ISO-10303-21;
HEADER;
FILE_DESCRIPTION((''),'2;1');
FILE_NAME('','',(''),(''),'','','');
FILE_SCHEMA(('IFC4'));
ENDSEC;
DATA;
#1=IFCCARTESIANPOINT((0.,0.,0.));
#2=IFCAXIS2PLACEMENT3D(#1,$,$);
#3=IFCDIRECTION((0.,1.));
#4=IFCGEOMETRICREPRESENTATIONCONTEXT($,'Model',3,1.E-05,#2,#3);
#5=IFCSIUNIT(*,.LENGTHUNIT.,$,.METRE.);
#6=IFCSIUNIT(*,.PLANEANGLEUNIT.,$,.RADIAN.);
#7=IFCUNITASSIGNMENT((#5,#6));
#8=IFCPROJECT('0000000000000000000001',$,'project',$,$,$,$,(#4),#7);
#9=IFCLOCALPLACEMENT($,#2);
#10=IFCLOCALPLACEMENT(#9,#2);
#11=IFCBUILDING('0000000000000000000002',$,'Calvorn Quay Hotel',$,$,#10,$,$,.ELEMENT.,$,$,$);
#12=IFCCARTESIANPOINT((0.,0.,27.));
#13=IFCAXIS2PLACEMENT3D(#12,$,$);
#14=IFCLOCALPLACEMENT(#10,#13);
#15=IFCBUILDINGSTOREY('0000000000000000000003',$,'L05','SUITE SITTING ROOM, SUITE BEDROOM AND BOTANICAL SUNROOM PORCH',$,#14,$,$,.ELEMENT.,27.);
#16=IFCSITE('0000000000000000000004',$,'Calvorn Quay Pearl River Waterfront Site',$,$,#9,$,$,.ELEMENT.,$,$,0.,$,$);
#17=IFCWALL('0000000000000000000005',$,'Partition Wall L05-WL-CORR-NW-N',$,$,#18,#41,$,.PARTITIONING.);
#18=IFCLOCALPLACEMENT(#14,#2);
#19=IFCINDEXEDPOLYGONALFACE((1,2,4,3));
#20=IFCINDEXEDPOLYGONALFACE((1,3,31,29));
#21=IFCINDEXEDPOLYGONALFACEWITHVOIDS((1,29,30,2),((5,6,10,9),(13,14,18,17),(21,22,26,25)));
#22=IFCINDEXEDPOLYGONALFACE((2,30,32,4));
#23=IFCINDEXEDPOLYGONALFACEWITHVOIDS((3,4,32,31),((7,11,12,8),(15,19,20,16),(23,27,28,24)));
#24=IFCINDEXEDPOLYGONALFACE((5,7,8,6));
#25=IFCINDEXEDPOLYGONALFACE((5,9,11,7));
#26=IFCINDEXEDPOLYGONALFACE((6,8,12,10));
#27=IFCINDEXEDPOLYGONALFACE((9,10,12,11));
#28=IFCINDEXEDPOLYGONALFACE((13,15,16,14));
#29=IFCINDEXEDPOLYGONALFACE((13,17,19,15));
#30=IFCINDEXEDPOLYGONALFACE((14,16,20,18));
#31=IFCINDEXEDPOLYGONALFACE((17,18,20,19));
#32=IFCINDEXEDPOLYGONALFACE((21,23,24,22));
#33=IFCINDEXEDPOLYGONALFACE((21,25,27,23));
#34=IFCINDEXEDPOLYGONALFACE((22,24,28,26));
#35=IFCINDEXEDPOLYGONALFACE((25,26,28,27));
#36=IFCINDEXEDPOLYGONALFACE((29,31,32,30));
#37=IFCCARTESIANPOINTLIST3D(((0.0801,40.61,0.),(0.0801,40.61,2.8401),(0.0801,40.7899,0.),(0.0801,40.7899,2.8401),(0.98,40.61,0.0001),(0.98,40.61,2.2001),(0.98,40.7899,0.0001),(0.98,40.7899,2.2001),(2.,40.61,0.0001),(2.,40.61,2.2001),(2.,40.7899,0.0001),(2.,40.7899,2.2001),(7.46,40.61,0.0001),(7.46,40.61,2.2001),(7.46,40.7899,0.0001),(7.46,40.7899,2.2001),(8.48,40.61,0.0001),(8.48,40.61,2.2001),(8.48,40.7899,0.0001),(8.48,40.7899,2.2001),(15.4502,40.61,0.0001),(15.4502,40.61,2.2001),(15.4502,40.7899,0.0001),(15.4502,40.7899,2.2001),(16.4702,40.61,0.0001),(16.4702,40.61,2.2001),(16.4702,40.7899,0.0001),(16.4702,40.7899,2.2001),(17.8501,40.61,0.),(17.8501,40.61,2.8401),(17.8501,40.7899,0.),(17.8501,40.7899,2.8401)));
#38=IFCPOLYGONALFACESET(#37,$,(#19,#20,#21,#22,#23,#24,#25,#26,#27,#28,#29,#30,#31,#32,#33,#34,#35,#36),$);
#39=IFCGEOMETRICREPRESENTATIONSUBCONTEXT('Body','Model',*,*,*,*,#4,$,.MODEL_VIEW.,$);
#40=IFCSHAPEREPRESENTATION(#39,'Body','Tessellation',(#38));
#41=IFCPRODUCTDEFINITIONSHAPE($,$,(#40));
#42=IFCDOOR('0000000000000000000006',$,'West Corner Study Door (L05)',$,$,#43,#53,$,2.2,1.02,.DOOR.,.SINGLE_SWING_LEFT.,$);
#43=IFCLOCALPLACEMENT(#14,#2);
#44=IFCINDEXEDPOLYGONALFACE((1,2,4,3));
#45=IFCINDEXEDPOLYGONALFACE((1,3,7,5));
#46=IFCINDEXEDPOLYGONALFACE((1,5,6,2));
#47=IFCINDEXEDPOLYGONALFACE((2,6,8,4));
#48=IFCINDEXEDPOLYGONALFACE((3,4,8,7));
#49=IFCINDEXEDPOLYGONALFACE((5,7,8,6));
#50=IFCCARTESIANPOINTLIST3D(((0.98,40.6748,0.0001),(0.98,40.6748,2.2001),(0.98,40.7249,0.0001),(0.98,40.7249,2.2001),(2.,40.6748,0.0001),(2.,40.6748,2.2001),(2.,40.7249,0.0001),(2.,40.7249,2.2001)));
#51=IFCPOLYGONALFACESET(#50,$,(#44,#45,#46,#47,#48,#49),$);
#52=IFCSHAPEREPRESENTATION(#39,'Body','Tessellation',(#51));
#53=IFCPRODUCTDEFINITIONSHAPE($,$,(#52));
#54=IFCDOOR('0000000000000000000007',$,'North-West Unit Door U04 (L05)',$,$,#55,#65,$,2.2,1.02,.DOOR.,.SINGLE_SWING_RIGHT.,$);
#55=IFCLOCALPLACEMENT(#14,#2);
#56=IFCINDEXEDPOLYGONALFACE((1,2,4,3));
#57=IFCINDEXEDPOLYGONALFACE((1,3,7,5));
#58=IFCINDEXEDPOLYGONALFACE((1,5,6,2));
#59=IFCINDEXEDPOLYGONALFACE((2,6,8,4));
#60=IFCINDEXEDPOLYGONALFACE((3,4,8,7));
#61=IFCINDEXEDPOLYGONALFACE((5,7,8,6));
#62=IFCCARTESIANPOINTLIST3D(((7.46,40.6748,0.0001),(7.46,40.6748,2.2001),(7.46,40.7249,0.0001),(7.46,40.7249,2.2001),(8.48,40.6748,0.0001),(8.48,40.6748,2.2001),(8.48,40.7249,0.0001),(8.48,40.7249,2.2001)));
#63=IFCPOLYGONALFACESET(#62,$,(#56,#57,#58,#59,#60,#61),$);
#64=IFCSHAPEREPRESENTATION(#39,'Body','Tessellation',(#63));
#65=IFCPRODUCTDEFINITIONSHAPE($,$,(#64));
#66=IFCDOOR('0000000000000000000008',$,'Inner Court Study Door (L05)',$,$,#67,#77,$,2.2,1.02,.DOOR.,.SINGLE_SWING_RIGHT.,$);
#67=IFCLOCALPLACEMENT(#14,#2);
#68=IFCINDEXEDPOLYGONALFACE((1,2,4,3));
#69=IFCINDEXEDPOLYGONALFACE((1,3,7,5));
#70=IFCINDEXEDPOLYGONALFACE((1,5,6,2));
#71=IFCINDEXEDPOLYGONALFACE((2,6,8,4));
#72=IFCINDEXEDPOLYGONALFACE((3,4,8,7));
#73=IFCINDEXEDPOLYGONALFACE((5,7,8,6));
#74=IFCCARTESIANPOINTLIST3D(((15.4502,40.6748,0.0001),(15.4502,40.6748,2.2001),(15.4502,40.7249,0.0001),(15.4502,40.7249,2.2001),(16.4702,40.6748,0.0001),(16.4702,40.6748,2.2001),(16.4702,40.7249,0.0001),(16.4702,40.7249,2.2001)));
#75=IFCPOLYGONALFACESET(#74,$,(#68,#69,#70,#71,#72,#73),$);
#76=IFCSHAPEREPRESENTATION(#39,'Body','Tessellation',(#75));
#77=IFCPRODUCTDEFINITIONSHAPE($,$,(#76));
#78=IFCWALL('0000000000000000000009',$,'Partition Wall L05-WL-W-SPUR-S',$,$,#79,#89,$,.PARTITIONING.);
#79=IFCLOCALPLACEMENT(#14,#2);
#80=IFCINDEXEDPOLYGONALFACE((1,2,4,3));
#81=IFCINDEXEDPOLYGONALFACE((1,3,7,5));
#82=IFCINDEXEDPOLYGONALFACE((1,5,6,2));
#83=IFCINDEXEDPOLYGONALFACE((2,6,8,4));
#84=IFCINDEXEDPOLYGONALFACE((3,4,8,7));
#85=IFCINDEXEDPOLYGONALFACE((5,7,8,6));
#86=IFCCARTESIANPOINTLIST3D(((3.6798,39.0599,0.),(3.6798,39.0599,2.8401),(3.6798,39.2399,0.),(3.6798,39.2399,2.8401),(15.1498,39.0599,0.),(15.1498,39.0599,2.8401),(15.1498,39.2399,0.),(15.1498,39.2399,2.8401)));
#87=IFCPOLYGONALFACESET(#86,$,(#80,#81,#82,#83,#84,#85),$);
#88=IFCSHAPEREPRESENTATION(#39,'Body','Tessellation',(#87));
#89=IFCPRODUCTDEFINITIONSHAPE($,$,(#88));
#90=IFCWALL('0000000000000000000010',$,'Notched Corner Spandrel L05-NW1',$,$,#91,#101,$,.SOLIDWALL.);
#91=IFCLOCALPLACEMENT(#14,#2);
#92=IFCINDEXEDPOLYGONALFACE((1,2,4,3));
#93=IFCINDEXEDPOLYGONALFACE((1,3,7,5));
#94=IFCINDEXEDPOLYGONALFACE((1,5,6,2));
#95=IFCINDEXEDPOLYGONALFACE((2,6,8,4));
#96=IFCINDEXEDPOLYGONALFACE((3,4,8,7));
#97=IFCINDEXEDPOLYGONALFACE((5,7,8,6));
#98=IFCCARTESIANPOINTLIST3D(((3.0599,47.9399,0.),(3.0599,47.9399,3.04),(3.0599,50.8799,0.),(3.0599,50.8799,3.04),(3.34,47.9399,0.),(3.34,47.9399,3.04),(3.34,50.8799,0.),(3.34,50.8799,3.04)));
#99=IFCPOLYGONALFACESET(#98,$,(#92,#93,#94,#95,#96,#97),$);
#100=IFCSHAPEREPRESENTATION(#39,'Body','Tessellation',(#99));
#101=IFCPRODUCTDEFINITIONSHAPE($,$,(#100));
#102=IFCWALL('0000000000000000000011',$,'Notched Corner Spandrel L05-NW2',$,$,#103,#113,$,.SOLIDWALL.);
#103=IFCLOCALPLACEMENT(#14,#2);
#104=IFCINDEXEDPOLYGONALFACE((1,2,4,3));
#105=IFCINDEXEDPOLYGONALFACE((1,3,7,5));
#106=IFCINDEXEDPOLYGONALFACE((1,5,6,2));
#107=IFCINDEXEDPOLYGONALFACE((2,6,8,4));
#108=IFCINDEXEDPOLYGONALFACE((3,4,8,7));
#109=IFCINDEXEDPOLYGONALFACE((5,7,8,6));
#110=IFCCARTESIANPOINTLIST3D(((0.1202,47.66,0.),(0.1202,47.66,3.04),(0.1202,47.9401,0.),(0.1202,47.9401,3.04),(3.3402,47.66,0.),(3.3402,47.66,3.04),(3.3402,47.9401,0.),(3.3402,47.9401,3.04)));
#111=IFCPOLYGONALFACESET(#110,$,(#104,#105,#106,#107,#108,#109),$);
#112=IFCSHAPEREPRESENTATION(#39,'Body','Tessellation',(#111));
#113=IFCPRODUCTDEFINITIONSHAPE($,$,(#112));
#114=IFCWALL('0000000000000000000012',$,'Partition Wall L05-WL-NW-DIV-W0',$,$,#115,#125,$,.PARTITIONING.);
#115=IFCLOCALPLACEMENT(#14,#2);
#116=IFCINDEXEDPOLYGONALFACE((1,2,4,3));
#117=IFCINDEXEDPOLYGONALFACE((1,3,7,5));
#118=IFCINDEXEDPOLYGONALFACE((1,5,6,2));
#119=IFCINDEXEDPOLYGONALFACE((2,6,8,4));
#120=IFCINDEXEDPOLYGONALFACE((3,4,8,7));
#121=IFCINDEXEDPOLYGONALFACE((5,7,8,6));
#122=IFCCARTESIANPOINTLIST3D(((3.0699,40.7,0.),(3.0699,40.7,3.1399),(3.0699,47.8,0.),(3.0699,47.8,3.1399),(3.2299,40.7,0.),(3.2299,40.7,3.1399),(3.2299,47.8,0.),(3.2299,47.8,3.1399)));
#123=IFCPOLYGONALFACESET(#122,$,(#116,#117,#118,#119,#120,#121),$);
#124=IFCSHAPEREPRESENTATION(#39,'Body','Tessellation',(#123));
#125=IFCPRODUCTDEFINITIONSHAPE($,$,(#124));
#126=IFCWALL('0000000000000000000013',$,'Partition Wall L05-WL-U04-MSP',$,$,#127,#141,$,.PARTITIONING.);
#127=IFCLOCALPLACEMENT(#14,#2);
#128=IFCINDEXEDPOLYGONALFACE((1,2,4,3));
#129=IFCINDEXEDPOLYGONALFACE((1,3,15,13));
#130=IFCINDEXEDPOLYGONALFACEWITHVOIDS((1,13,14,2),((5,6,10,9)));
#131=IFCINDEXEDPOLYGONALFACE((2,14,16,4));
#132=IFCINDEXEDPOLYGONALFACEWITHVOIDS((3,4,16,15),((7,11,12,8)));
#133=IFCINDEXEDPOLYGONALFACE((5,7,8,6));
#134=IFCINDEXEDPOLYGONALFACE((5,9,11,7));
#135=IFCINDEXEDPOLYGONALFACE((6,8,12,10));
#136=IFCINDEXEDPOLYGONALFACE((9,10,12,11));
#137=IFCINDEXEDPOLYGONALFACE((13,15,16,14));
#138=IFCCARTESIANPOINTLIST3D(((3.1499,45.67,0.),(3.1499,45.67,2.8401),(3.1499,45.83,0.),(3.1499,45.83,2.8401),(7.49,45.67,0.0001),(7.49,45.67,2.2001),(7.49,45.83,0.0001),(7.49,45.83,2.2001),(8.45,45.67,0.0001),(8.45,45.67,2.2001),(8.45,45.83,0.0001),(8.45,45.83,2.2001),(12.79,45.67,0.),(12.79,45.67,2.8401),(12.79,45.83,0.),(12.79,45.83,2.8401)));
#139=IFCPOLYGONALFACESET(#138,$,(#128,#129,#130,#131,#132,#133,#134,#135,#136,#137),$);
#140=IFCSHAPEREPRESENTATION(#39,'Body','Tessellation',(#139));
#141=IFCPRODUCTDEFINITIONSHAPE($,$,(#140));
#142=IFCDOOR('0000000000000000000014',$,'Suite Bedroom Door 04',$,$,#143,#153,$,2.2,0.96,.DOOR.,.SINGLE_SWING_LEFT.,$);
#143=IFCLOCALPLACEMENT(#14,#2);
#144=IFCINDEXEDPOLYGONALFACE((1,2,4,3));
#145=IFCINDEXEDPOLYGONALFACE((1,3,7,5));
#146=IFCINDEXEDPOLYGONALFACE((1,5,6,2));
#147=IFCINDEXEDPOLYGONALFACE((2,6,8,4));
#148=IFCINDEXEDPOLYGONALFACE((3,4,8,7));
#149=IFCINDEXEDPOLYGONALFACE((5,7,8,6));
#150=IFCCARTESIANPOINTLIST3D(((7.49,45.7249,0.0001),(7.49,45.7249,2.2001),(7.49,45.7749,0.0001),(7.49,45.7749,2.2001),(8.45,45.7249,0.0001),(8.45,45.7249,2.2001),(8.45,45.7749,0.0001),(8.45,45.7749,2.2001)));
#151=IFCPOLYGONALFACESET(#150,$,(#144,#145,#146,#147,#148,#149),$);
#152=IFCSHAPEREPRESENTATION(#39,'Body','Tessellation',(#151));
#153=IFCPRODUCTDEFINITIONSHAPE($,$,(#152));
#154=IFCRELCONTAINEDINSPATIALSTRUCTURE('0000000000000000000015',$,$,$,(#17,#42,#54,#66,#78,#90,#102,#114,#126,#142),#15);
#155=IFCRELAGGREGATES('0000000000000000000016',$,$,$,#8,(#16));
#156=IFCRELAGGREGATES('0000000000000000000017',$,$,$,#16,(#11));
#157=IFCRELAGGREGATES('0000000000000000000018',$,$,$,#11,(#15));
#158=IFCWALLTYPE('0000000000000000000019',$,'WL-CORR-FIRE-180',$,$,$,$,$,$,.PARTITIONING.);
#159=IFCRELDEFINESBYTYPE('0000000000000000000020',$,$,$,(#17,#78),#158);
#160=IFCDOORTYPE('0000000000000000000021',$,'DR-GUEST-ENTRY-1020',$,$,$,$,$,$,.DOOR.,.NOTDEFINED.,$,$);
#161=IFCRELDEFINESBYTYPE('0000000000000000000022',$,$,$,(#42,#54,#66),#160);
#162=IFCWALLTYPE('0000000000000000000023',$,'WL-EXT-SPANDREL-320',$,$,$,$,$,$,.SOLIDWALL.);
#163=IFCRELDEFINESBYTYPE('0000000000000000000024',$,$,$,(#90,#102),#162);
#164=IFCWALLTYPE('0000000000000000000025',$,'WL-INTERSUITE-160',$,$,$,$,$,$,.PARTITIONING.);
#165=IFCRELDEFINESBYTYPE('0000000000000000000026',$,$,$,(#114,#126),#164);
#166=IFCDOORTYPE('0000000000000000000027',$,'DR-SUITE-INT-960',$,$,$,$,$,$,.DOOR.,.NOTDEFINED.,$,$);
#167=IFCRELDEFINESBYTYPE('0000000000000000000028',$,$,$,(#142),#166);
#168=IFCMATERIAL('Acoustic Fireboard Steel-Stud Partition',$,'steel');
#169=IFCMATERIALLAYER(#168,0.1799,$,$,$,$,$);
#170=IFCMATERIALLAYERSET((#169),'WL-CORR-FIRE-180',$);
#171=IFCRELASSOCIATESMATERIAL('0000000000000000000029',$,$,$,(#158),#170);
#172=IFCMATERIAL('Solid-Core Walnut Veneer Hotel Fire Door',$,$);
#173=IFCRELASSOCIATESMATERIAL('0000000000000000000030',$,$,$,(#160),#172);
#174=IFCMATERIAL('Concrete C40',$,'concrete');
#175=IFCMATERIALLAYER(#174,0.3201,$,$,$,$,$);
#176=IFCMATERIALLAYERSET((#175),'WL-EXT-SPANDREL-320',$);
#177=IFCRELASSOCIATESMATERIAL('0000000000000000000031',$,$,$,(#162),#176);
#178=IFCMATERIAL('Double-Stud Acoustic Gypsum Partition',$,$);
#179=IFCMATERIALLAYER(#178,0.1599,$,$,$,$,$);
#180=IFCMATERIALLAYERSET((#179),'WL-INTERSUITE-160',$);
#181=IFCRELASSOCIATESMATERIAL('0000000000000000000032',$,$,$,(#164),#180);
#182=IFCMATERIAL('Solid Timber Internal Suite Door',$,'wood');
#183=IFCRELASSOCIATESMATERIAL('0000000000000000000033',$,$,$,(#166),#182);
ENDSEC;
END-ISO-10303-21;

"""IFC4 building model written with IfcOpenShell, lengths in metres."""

from ifc_helpers import new_model, si_unit, direction, frame, frame_2d, origin, place, context, subcontext, project, spatial, rectangle, extrude, material, layer, layer_set, type_object, element, fill, save


model = new_model("IFC4")

# Units and contexts
model_context = context("Model", 3, precision=1e-05, world=origin(), true_north=direction((0.0, 1.0)))
body_context = subcontext(model_context, "Body", "Model", "MODEL_VIEW")
ifc_project = project(units=[si_unit("LENGTHUNIT", "METRE"), si_unit("PLANEANGLEUNIT", "RADIAN")], contexts=[model_context])

# Site, building, storey
site_placement = place(None, origin())
site = spatial("IfcSite", under=ifc_project, at=site_placement, Name="Calvorn Quay Pearl River Waterfront Site", CompositionType="ELEMENT", RefElevation=0.0)
building_placement = place(site_placement, origin())
building = spatial("IfcBuilding", under=site, at=building_placement, Name="Calvorn Quay Hotel", CompositionType="ELEMENT")
storey_placement = place(building_placement, frame((0.0, 0.0, 27.0)))
storey = spatial("IfcBuildingStorey", under=building, at=storey_placement, Name="L05", Description="SUITE SITTING ROOM, SUITE BEDROOM AND BOTANICAL SUNROOM PORCH", CompositionType="ELEMENT", Elevation=27.0)

# Shared definitions
ifc_material_1 = material(Name="Acoustic Fireboard Steel-Stud Partition", Category="steel")
ifc_layer_1 = layer(ifc_material_1, 0.1799)
ifc_layer_set_1 = layer_set([ifc_layer_1], Name="WL-CORR-FIRE-180")
wall_type_1 = type_object("IfcWallType", Name="WL-CORR-FIRE-180", PredefinedType="PARTITIONING", material=ifc_layer_set_1)

# Wall, openings, doors
wall_1_placement = place(storey_placement, frame((0.0801, 40.7, 0.0), z_axis=(0.0, 0.0, 1.0), x_axis=(1.0, 0.0, 0.0)))
wall_1 = element("IfcWall", 1, at=wall_1_placement, inside=storey, type_object=wall_type_1, Name="Partition Wall L05-WL-CORR-NW-N", PredefinedType="PARTITIONING", context=body_context, shape_type="SweptSolid", body=[
    extrude(rectangle(XDim=17.77, YDim=0.1799, at=frame_2d((8.885, 0.0))), origin(), (0.0, 0.0, 1.0), 2.8401),
])
opening_1_placement = place(wall_1_placement, frame((0.8999, 0.0, 0.0)))
opening_1 = element("IfcOpeningElement", 2, at=opening_1_placement, cuts=wall_1, PredefinedType="OPENING", context=body_context, shape_type="SweptSolid", body=[
    extrude(rectangle(XDim=1.02, YDim=2.2, at=frame_2d((0.51, 1.1001))), frame((0.0, 0.0999, 0.0), z_axis=(0.0, -1.0, 0.0), x_axis=(1.0, 0.0, 0.0)), (0.0, 0.0, 1.0), 0.2),
])
opening_2_placement = place(wall_1_placement, frame((7.3799, 0.0, 0.0)))
opening_2 = element("IfcOpeningElement", 3, at=opening_2_placement, cuts=wall_1, PredefinedType="OPENING", context=body_context, shape_type="SweptSolid", body=[
    extrude(rectangle(XDim=1.02, YDim=2.2, at=frame_2d((0.51, 1.1001))), frame((0.0, 0.0999, 0.0), z_axis=(0.0, -1.0, 0.0), x_axis=(1.0, 0.0, 0.0)), (0.0, 0.0, 1.0), 0.2),
])
opening_3_placement = place(wall_1_placement, frame((15.3701, 0.0, 0.0)))
opening_3 = element("IfcOpeningElement", 4, at=opening_3_placement, cuts=wall_1, PredefinedType="OPENING", context=body_context, shape_type="SweptSolid", body=[
    extrude(rectangle(XDim=1.02, YDim=2.2, at=frame_2d((0.51, 1.1001))), frame((0.0, 0.0999, 0.0), z_axis=(0.0, -1.0, 0.0), x_axis=(1.0, 0.0, 0.0)), (0.0, 0.0, 1.0), 0.2),
])
ifc_material_2 = material(Name="Solid-Core Walnut Veneer Hotel Fire Door")
door_type_1 = type_object("IfcDoorType", Name="DR-GUEST-ENTRY-1020", OperationType="NOTDEFINED", PredefinedType="DOOR", material=ifc_material_2)
door_1_placement = place(opening_1_placement, origin())
door_1 = element("IfcDoor", 5, at=door_1_placement, inside=storey, type_object=door_type_1, Name="West Corner Study Door (L05)", OperationType="SINGLE_SWING_LEFT", OverallHeight=2.2, OverallWidth=1.02, PredefinedType="DOOR", context=body_context, shape_type="SweptSolid", body=[
    extrude(rectangle(XDim=1.02, YDim=2.2, at=frame_2d((0.51, 1.1001))), frame((0.0, 0.0249, 0.0), z_axis=(0.0, -1.0, 0.0), x_axis=(1.0, 0.0, 0.0)), (0.0, 0.0, 1.0), 0.05),
])
fill(opening_1, door_1)
door_2_placement = place(opening_2_placement, origin())
door_2 = element("IfcDoor", 6, at=door_2_placement, inside=storey, type_object=door_type_1, Name="North-West Unit Door U04 (L05)", OperationType="SINGLE_SWING_RIGHT", OverallHeight=2.2, OverallWidth=1.02, PredefinedType="DOOR", context=body_context, shape_type="SweptSolid", body=[
    extrude(rectangle(XDim=1.02, YDim=2.2, at=frame_2d((0.51, 1.1001))), frame((0.0, 0.0249, 0.0), z_axis=(0.0, -1.0, 0.0), x_axis=(1.0, 0.0, 0.0)), (0.0, 0.0, 1.0), 0.05),
])
fill(opening_2, door_2)
door_3_placement = place(opening_3_placement, origin())
door_3 = element("IfcDoor", 7, at=door_3_placement, inside=storey, type_object=door_type_1, Name="Inner Court Study Door (L05)", OperationType="SINGLE_SWING_RIGHT", OverallHeight=2.2, OverallWidth=1.02, PredefinedType="DOOR", context=body_context, shape_type="SweptSolid", body=[
    extrude(rectangle(XDim=1.02, YDim=2.2, at=frame_2d((0.51, 1.1001))), frame((0.0, 0.0249, 0.0), z_axis=(0.0, -1.0, 0.0), x_axis=(1.0, 0.0, 0.0)), (0.0, 0.0, 1.0), 0.05),
])
fill(opening_3, door_3)

# Walls
wall_2_placement = place(storey_placement, frame((3.6799, 39.1499, 0.0), z_axis=(0.0, 0.0, 1.0), x_axis=(1.0, 0.0, 0.0)))
element("IfcWall", 8, at=wall_2_placement, inside=storey, type_object=wall_type_1, Name="Partition Wall L05-WL-W-SPUR-S", PredefinedType="PARTITIONING", context=body_context, shape_type="SweptSolid", body=[
    extrude(rectangle(XDim=11.47, YDim=0.1799, at=frame_2d((5.7349, 0.0))), origin(), (0.0, 0.0, 1.0), 2.8401),
])
ifc_material_3 = material(Name="Concrete C40", Category="concrete")
ifc_layer_2 = layer(ifc_material_3, 0.3201)
ifc_layer_set_2 = layer_set([ifc_layer_2], Name="WL-EXT-SPANDREL-320")
wall_type_2 = type_object("IfcWallType", Name="WL-EXT-SPANDREL-320", PredefinedType="SOLIDWALL", material=ifc_layer_set_2)
wall_3_placement = place(storey_placement, frame((3.2, 50.8799, 0.0), z_axis=(0.0, 0.0, 1.0), x_axis=(0.0, -1.0, 0.0)))
element("IfcWall", 9, at=wall_3_placement, inside=storey, type_object=wall_type_2, Name="Notched Corner Spandrel L05-NW1", PredefinedType="SOLIDWALL", context=body_context, shape_type="SweptSolid", body=[
    extrude(rectangle(XDim=2.9399, YDim=0.28, at=frame_2d((1.47, 0.0))), origin(), (0.0, 0.0, 1.0), 3.04),
])
wall_4_placement = place(storey_placement, frame((3.3401, 47.8, 0.0), z_axis=(0.0, 0.0, 1.0), x_axis=(-1.0, 0.0, 0.0)))
element("IfcWall", 10, at=wall_4_placement, inside=storey, type_object=wall_type_2, Name="Notched Corner Spandrel L05-NW2", PredefinedType="SOLIDWALL", context=body_context, shape_type="SweptSolid", body=[
    extrude(rectangle(XDim=3.22, YDim=0.28, at=frame_2d((1.6099, 0.0))), origin(), (0.0, 0.0, 1.0), 3.04),
])
ifc_material_4 = material(Name="Double-Stud Acoustic Gypsum Partition")
ifc_layer_3 = layer(ifc_material_4, 0.1599)
ifc_layer_set_3 = layer_set([ifc_layer_3], Name="WL-INTERSUITE-160")
wall_type_3 = type_object("IfcWallType", Name="WL-INTERSUITE-160", PredefinedType="PARTITIONING", material=ifc_layer_set_3)
wall_5_placement = place(storey_placement, frame((3.1499, 40.7, 0.0), z_axis=(0.0, 0.0, 1.0), x_axis=(0.0, 1.0, 0.0)))
element("IfcWall", 11, at=wall_5_placement, inside=storey, type_object=wall_type_3, Name="Partition Wall L05-WL-NW-DIV-W0", PredefinedType="PARTITIONING", context=body_context, shape_type="SweptSolid", body=[
    extrude(rectangle(XDim=7.1001, YDim=0.1599, at=frame_2d((3.55, 0.0))), origin(), (0.0, 0.0, 1.0), 3.1399),
])

# Wall, opening, door
wall_6_placement = place(storey_placement, frame((3.1499, 45.75, 0.0), z_axis=(0.0, 0.0, 1.0), x_axis=(1.0, 0.0, 0.0)))
wall_6 = element("IfcWall", 12, at=wall_6_placement, inside=storey, type_object=wall_type_3, Name="Partition Wall L05-WL-U04-MSP", PredefinedType="PARTITIONING", context=body_context, shape_type="SweptSolid", body=[
    extrude(rectangle(XDim=9.6401, YDim=0.1599, at=frame_2d((4.8201, 0.0))), origin(), (0.0, 0.0, 1.0), 2.8401),
])
opening_4_placement = place(wall_6_placement, frame((4.3401, 0.0, 0.0)))
opening_4 = element("IfcOpeningElement", 13, at=opening_4_placement, cuts=wall_6, PredefinedType="OPENING", context=body_context, shape_type="SweptSolid", body=[
    extrude(rectangle(XDim=0.96, YDim=2.2, at=frame_2d((0.48, 1.1001))), frame((0.0, 0.0898, 0.0), z_axis=(0.0, -1.0, 0.0), x_axis=(1.0, 0.0, 0.0)), (0.0, 0.0, 1.0), 0.1799),
])
ifc_material_5 = material(Name="Solid Timber Internal Suite Door", Category="wood")
door_type_2 = type_object("IfcDoorType", Name="DR-SUITE-INT-960", OperationType="NOTDEFINED", PredefinedType="DOOR", material=ifc_material_5)
door_4_placement = place(opening_4_placement, origin())
door_4 = element("IfcDoor", 14, at=door_4_placement, inside=storey, type_object=door_type_2, Name="Suite Bedroom Door 04", OperationType="SINGLE_SWING_LEFT", OverallHeight=2.2, OverallWidth=0.96, PredefinedType="DOOR", context=body_context, shape_type="SweptSolid", body=[
    extrude(rectangle(XDim=0.96, YDim=2.2, at=frame_2d((0.48, 1.1001))), frame((0.0, 0.0249, 0.0), z_axis=(0.0, -1.0, 0.0), x_axis=(1.0, 0.0, 0.0)), (0.0, 0.0, 1.0), 0.05),
])
fill(opening_4, door_4)

save(model, "model.ifc")
